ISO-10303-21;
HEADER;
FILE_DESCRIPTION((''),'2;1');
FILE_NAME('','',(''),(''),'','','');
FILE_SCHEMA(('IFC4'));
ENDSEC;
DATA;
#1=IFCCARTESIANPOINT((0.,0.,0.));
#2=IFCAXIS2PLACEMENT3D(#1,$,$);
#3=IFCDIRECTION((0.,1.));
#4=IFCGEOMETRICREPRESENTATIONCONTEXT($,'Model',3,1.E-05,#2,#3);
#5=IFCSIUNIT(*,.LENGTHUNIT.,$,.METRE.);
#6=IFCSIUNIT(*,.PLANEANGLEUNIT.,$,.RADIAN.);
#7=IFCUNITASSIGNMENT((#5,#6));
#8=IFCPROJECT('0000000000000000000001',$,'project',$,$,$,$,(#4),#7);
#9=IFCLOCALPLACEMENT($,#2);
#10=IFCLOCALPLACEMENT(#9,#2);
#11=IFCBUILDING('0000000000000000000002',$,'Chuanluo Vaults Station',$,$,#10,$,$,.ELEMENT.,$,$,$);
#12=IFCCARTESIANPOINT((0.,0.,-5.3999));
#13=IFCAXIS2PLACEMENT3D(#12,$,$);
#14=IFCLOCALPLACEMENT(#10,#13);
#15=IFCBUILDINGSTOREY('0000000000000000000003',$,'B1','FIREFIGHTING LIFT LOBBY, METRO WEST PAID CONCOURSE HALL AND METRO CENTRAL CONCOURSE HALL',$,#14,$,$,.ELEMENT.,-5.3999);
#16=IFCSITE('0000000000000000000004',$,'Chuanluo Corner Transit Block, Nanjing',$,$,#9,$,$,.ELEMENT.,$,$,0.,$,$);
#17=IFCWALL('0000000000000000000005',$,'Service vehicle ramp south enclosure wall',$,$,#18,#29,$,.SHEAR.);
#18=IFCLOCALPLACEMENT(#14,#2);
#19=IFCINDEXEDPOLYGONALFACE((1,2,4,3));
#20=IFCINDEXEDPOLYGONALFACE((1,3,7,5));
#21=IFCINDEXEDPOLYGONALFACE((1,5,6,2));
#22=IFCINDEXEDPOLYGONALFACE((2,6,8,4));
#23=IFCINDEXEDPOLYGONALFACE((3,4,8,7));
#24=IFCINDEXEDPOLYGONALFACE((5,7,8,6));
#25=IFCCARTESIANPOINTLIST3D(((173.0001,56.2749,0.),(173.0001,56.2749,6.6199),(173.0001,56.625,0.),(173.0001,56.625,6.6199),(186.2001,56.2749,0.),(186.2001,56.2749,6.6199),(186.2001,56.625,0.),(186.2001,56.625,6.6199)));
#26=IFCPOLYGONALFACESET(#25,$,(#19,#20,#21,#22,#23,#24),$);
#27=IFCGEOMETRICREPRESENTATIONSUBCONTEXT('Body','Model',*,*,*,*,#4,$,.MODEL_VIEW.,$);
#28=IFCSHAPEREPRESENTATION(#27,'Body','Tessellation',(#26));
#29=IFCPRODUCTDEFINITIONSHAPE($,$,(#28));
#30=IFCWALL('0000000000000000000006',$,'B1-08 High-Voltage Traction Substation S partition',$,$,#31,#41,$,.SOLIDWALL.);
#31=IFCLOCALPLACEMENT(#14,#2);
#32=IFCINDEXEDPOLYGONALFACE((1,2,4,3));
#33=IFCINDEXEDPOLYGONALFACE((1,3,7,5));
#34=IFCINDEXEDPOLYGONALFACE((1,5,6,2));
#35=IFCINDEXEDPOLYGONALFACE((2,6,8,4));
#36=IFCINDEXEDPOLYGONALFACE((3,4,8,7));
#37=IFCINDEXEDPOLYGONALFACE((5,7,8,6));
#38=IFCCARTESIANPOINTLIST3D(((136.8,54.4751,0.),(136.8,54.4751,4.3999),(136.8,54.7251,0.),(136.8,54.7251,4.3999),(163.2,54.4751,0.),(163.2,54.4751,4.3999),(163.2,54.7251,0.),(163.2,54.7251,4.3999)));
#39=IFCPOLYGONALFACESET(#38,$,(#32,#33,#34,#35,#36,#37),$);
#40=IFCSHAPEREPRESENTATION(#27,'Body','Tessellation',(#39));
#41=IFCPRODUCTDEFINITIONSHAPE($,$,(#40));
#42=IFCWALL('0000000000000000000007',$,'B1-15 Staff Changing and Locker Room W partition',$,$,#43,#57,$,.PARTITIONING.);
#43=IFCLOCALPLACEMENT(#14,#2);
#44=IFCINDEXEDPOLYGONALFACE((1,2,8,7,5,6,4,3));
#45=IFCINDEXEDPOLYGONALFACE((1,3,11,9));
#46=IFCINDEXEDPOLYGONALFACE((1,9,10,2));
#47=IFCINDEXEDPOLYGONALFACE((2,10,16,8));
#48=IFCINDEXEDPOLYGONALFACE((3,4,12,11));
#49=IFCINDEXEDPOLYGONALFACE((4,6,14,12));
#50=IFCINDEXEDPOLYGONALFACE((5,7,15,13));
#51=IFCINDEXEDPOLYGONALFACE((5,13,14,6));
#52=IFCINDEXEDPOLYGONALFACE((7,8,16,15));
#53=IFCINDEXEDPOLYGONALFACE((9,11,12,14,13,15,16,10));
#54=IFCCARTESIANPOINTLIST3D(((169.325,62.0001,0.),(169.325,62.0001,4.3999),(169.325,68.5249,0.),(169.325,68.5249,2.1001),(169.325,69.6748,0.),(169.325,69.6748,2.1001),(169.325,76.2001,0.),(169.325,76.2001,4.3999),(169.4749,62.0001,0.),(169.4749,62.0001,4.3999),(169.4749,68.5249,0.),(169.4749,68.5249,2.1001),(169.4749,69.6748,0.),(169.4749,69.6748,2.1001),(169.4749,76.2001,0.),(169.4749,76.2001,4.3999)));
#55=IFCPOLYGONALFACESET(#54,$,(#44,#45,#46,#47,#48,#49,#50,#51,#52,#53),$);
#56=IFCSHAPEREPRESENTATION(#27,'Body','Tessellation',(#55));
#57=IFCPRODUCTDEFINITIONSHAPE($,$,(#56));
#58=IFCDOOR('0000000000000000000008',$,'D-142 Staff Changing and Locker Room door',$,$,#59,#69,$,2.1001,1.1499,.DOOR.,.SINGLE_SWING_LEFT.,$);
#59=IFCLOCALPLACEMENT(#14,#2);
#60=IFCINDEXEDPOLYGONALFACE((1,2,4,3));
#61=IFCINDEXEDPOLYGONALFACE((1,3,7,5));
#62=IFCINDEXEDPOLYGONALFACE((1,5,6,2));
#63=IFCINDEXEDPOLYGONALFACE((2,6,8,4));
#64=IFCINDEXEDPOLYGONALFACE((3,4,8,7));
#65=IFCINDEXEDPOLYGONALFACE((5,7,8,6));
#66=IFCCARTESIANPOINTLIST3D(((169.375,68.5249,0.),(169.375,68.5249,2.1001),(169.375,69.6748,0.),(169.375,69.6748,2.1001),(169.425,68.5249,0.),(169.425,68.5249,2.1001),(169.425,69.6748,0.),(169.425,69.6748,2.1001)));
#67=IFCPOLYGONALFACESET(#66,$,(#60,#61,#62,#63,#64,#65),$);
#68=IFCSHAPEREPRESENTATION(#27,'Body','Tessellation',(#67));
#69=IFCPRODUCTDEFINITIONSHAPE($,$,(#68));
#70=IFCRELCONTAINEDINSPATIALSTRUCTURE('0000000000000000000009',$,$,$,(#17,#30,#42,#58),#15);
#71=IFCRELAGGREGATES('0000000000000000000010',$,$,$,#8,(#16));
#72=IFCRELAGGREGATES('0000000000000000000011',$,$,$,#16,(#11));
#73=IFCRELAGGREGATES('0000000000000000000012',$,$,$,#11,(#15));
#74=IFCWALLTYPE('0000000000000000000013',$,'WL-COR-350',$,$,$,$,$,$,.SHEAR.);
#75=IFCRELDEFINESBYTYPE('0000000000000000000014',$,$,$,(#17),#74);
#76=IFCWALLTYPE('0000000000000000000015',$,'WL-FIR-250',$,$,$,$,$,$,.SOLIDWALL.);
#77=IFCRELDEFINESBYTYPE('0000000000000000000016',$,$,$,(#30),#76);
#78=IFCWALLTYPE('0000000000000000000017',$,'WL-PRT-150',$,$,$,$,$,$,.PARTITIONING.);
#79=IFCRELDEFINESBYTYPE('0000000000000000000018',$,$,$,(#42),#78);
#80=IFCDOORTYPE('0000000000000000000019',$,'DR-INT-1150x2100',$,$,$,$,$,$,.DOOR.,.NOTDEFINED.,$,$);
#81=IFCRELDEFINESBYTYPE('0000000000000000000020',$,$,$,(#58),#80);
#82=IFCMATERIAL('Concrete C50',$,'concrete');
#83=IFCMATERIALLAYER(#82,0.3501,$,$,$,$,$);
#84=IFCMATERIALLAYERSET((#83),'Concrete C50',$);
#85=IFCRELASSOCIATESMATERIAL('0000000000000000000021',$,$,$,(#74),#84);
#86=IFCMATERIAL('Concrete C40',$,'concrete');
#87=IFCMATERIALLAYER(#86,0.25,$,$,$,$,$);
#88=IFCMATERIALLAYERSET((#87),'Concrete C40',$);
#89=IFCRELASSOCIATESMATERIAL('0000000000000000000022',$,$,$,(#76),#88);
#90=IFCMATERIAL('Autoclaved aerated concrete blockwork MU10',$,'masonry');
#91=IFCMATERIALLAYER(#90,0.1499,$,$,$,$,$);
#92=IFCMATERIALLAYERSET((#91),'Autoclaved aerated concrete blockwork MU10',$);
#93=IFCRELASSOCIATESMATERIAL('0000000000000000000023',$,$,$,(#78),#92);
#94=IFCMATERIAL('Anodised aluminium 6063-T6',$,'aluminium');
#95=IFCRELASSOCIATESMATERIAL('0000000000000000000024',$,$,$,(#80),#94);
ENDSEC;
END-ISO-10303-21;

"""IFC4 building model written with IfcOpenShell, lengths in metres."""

from ifc_helpers import new_model, si_unit, direction, frame, frame_2d, origin, place, context, subcontext, project, spatial, rectangle, extrude, material, layer, layer_set, type_object, element, fill, save


model = new_model("IFC4")

# Units and contexts
model_context = context("Model", 3, precision=1e-05, world=origin(), true_north=direction((0.0, 1.0)))
body_context = subcontext(model_context, "Body", "Model", "MODEL_VIEW")
ifc_project = project(units=[si_unit("LENGTHUNIT", "METRE"), si_unit("PLANEANGLEUNIT", "RADIAN")], contexts=[model_context])

# Site, building, storey
site_placement = place(None, origin())
site = spatial("IfcSite", under=ifc_project, at=site_placement, Name="Chuanluo Corner Transit Block, Nanjing", CompositionType="ELEMENT", RefElevation=0.0)
building_placement = place(site_placement, origin())
building = spatial("IfcBuilding", under=site, at=building_placement, Name="Chuanluo Vaults Station", CompositionType="ELEMENT")
storey_placement = place(building_placement, frame((0.0, 0.0, -5.3999)))
storey = spatial("IfcBuildingStorey", under=building, at=storey_placement, Name="B1", Description="FIREFIGHTING LIFT LOBBY, METRO WEST PAID CONCOURSE HALL AND METRO CENTRAL CONCOURSE HALL", CompositionType="ELEMENT", Elevation=-5.3999)

# Walls
ifc_material_1 = material(Name="Concrete C50", Category="concrete")
ifc_layer_1 = layer(ifc_material_1, 0.3501)
ifc_layer_set_1 = layer_set([ifc_layer_1], Name="Concrete C50")
wall_type_1 = type_object("IfcWallType", Name="WL-COR-350", PredefinedType="SHEAR", material=ifc_layer_set_1)
wall_1_placement = place(storey_placement, frame((173.0, 56.45, 0.0), z_axis=(0.0, 0.0, 1.0), x_axis=(1.0, 0.0, 0.0)))
element("IfcWall", 1, at=wall_1_placement, inside=storey, type_object=wall_type_1, Name="Service vehicle ramp south enclosure wall", PredefinedType="SHEAR", context=body_context, shape_type="SweptSolid", body=[
    extrude(rectangle(XDim=13.2, YDim=0.3501, at=frame_2d((6.6001, 0.0))), origin(), (0.0, 0.0, 1.0), 6.6199),
])
ifc_material_2 = material(Name="Concrete C40", Category="concrete")
ifc_layer_2 = layer(ifc_material_2, 0.25)
ifc_layer_set_2 = layer_set([ifc_layer_2], Name="Concrete C40")
wall_type_2 = type_object("IfcWallType", Name="WL-FIR-250", PredefinedType="SOLIDWALL", material=ifc_layer_set_2)
wall_2_placement = place(storey_placement, frame((163.2, 54.6001, 0.0), z_axis=(0.0, 0.0, 1.0), x_axis=(-1.0, 0.0, 0.0)))
element("IfcWall", 2, at=wall_2_placement, inside=storey, type_object=wall_type_2, Name="B1-08 High-Voltage Traction Substation S partition", PredefinedType="SOLIDWALL", context=body_context, shape_type="SweptSolid", body=[
    extrude(rectangle(XDim=26.3999, YDim=0.25, at=frame_2d((13.2, 0.0))), origin(), (0.0, 0.0, 1.0), 4.3999),
])

# Wall, opening, door
ifc_material_3 = material(Name="Autoclaved aerated concrete blockwork MU10", Category="masonry")
ifc_layer_3 = layer(ifc_material_3, 0.1499)
ifc_layer_set_3 = layer_set([ifc_layer_3], Name="Autoclaved aerated concrete blockwork MU10")
wall_type_3 = type_object("IfcWallType", Name="WL-PRT-150", PredefinedType="PARTITIONING", material=ifc_layer_set_3)
wall_3_placement = place(storey_placement, frame((169.3999, 62.0, 0.0), z_axis=(0.0, 0.0, 1.0), x_axis=(0.0, 1.0, 0.0)))
wall_3 = element("IfcWall", 3, at=wall_3_placement, inside=storey, type_object=wall_type_3, Name="B1-15 Staff Changing and Locker Room W partition", PredefinedType="PARTITIONING", context=body_context, shape_type="SweptSolid", body=[
    extrude(rectangle(XDim=14.2, YDim=0.1499, at=frame_2d((7.1001, 0.0))), origin(), (0.0, 0.0, 1.0), 4.3999),
])
opening_placement = place(wall_3_placement, frame((6.5249, 0.0, 0.0)))
opening = element("IfcOpeningElement", 4, at=opening_placement, cuts=wall_3, PredefinedType="OPENING", context=body_context, shape_type="SweptSolid", body=[
    extrude(rectangle(XDim=1.1499, YDim=2.1001, at=frame_2d((0.575, 1.05))), frame((0.0, 0.0849, 0.0), z_axis=(0.0, -1.0, 0.0), x_axis=(1.0, 0.0, 0.0)), (0.0, 0.0, 1.0), 0.1699),
])
ifc_material_4 = material(Name="Anodised aluminium 6063-T6", Category="aluminium")
door_type = type_object("IfcDoorType", Name="DR-INT-1150x2100", OperationType="NOTDEFINED", PredefinedType="DOOR", material=ifc_material_4)
door_placement = place(opening_placement, origin())
door = element("IfcDoor", 5, at=door_placement, inside=storey, type_object=door_type, Name="D-142 Staff Changing and Locker Room door", OperationType="SINGLE_SWING_LEFT", OverallHeight=2.1001, OverallWidth=1.1499, PredefinedType="DOOR", context=body_context, shape_type="SweptSolid", body=[
    extrude(rectangle(XDim=1.1499, YDim=2.1001, at=frame_2d((0.575, 1.05))), frame((0.0, 0.0249, 0.0), z_axis=(0.0, -1.0, 0.0), x_axis=(1.0, 0.0, 0.0)), (0.0, 0.0, 1.0), 0.05),
])
fill(opening, door)

save(model, "model.ifc")
